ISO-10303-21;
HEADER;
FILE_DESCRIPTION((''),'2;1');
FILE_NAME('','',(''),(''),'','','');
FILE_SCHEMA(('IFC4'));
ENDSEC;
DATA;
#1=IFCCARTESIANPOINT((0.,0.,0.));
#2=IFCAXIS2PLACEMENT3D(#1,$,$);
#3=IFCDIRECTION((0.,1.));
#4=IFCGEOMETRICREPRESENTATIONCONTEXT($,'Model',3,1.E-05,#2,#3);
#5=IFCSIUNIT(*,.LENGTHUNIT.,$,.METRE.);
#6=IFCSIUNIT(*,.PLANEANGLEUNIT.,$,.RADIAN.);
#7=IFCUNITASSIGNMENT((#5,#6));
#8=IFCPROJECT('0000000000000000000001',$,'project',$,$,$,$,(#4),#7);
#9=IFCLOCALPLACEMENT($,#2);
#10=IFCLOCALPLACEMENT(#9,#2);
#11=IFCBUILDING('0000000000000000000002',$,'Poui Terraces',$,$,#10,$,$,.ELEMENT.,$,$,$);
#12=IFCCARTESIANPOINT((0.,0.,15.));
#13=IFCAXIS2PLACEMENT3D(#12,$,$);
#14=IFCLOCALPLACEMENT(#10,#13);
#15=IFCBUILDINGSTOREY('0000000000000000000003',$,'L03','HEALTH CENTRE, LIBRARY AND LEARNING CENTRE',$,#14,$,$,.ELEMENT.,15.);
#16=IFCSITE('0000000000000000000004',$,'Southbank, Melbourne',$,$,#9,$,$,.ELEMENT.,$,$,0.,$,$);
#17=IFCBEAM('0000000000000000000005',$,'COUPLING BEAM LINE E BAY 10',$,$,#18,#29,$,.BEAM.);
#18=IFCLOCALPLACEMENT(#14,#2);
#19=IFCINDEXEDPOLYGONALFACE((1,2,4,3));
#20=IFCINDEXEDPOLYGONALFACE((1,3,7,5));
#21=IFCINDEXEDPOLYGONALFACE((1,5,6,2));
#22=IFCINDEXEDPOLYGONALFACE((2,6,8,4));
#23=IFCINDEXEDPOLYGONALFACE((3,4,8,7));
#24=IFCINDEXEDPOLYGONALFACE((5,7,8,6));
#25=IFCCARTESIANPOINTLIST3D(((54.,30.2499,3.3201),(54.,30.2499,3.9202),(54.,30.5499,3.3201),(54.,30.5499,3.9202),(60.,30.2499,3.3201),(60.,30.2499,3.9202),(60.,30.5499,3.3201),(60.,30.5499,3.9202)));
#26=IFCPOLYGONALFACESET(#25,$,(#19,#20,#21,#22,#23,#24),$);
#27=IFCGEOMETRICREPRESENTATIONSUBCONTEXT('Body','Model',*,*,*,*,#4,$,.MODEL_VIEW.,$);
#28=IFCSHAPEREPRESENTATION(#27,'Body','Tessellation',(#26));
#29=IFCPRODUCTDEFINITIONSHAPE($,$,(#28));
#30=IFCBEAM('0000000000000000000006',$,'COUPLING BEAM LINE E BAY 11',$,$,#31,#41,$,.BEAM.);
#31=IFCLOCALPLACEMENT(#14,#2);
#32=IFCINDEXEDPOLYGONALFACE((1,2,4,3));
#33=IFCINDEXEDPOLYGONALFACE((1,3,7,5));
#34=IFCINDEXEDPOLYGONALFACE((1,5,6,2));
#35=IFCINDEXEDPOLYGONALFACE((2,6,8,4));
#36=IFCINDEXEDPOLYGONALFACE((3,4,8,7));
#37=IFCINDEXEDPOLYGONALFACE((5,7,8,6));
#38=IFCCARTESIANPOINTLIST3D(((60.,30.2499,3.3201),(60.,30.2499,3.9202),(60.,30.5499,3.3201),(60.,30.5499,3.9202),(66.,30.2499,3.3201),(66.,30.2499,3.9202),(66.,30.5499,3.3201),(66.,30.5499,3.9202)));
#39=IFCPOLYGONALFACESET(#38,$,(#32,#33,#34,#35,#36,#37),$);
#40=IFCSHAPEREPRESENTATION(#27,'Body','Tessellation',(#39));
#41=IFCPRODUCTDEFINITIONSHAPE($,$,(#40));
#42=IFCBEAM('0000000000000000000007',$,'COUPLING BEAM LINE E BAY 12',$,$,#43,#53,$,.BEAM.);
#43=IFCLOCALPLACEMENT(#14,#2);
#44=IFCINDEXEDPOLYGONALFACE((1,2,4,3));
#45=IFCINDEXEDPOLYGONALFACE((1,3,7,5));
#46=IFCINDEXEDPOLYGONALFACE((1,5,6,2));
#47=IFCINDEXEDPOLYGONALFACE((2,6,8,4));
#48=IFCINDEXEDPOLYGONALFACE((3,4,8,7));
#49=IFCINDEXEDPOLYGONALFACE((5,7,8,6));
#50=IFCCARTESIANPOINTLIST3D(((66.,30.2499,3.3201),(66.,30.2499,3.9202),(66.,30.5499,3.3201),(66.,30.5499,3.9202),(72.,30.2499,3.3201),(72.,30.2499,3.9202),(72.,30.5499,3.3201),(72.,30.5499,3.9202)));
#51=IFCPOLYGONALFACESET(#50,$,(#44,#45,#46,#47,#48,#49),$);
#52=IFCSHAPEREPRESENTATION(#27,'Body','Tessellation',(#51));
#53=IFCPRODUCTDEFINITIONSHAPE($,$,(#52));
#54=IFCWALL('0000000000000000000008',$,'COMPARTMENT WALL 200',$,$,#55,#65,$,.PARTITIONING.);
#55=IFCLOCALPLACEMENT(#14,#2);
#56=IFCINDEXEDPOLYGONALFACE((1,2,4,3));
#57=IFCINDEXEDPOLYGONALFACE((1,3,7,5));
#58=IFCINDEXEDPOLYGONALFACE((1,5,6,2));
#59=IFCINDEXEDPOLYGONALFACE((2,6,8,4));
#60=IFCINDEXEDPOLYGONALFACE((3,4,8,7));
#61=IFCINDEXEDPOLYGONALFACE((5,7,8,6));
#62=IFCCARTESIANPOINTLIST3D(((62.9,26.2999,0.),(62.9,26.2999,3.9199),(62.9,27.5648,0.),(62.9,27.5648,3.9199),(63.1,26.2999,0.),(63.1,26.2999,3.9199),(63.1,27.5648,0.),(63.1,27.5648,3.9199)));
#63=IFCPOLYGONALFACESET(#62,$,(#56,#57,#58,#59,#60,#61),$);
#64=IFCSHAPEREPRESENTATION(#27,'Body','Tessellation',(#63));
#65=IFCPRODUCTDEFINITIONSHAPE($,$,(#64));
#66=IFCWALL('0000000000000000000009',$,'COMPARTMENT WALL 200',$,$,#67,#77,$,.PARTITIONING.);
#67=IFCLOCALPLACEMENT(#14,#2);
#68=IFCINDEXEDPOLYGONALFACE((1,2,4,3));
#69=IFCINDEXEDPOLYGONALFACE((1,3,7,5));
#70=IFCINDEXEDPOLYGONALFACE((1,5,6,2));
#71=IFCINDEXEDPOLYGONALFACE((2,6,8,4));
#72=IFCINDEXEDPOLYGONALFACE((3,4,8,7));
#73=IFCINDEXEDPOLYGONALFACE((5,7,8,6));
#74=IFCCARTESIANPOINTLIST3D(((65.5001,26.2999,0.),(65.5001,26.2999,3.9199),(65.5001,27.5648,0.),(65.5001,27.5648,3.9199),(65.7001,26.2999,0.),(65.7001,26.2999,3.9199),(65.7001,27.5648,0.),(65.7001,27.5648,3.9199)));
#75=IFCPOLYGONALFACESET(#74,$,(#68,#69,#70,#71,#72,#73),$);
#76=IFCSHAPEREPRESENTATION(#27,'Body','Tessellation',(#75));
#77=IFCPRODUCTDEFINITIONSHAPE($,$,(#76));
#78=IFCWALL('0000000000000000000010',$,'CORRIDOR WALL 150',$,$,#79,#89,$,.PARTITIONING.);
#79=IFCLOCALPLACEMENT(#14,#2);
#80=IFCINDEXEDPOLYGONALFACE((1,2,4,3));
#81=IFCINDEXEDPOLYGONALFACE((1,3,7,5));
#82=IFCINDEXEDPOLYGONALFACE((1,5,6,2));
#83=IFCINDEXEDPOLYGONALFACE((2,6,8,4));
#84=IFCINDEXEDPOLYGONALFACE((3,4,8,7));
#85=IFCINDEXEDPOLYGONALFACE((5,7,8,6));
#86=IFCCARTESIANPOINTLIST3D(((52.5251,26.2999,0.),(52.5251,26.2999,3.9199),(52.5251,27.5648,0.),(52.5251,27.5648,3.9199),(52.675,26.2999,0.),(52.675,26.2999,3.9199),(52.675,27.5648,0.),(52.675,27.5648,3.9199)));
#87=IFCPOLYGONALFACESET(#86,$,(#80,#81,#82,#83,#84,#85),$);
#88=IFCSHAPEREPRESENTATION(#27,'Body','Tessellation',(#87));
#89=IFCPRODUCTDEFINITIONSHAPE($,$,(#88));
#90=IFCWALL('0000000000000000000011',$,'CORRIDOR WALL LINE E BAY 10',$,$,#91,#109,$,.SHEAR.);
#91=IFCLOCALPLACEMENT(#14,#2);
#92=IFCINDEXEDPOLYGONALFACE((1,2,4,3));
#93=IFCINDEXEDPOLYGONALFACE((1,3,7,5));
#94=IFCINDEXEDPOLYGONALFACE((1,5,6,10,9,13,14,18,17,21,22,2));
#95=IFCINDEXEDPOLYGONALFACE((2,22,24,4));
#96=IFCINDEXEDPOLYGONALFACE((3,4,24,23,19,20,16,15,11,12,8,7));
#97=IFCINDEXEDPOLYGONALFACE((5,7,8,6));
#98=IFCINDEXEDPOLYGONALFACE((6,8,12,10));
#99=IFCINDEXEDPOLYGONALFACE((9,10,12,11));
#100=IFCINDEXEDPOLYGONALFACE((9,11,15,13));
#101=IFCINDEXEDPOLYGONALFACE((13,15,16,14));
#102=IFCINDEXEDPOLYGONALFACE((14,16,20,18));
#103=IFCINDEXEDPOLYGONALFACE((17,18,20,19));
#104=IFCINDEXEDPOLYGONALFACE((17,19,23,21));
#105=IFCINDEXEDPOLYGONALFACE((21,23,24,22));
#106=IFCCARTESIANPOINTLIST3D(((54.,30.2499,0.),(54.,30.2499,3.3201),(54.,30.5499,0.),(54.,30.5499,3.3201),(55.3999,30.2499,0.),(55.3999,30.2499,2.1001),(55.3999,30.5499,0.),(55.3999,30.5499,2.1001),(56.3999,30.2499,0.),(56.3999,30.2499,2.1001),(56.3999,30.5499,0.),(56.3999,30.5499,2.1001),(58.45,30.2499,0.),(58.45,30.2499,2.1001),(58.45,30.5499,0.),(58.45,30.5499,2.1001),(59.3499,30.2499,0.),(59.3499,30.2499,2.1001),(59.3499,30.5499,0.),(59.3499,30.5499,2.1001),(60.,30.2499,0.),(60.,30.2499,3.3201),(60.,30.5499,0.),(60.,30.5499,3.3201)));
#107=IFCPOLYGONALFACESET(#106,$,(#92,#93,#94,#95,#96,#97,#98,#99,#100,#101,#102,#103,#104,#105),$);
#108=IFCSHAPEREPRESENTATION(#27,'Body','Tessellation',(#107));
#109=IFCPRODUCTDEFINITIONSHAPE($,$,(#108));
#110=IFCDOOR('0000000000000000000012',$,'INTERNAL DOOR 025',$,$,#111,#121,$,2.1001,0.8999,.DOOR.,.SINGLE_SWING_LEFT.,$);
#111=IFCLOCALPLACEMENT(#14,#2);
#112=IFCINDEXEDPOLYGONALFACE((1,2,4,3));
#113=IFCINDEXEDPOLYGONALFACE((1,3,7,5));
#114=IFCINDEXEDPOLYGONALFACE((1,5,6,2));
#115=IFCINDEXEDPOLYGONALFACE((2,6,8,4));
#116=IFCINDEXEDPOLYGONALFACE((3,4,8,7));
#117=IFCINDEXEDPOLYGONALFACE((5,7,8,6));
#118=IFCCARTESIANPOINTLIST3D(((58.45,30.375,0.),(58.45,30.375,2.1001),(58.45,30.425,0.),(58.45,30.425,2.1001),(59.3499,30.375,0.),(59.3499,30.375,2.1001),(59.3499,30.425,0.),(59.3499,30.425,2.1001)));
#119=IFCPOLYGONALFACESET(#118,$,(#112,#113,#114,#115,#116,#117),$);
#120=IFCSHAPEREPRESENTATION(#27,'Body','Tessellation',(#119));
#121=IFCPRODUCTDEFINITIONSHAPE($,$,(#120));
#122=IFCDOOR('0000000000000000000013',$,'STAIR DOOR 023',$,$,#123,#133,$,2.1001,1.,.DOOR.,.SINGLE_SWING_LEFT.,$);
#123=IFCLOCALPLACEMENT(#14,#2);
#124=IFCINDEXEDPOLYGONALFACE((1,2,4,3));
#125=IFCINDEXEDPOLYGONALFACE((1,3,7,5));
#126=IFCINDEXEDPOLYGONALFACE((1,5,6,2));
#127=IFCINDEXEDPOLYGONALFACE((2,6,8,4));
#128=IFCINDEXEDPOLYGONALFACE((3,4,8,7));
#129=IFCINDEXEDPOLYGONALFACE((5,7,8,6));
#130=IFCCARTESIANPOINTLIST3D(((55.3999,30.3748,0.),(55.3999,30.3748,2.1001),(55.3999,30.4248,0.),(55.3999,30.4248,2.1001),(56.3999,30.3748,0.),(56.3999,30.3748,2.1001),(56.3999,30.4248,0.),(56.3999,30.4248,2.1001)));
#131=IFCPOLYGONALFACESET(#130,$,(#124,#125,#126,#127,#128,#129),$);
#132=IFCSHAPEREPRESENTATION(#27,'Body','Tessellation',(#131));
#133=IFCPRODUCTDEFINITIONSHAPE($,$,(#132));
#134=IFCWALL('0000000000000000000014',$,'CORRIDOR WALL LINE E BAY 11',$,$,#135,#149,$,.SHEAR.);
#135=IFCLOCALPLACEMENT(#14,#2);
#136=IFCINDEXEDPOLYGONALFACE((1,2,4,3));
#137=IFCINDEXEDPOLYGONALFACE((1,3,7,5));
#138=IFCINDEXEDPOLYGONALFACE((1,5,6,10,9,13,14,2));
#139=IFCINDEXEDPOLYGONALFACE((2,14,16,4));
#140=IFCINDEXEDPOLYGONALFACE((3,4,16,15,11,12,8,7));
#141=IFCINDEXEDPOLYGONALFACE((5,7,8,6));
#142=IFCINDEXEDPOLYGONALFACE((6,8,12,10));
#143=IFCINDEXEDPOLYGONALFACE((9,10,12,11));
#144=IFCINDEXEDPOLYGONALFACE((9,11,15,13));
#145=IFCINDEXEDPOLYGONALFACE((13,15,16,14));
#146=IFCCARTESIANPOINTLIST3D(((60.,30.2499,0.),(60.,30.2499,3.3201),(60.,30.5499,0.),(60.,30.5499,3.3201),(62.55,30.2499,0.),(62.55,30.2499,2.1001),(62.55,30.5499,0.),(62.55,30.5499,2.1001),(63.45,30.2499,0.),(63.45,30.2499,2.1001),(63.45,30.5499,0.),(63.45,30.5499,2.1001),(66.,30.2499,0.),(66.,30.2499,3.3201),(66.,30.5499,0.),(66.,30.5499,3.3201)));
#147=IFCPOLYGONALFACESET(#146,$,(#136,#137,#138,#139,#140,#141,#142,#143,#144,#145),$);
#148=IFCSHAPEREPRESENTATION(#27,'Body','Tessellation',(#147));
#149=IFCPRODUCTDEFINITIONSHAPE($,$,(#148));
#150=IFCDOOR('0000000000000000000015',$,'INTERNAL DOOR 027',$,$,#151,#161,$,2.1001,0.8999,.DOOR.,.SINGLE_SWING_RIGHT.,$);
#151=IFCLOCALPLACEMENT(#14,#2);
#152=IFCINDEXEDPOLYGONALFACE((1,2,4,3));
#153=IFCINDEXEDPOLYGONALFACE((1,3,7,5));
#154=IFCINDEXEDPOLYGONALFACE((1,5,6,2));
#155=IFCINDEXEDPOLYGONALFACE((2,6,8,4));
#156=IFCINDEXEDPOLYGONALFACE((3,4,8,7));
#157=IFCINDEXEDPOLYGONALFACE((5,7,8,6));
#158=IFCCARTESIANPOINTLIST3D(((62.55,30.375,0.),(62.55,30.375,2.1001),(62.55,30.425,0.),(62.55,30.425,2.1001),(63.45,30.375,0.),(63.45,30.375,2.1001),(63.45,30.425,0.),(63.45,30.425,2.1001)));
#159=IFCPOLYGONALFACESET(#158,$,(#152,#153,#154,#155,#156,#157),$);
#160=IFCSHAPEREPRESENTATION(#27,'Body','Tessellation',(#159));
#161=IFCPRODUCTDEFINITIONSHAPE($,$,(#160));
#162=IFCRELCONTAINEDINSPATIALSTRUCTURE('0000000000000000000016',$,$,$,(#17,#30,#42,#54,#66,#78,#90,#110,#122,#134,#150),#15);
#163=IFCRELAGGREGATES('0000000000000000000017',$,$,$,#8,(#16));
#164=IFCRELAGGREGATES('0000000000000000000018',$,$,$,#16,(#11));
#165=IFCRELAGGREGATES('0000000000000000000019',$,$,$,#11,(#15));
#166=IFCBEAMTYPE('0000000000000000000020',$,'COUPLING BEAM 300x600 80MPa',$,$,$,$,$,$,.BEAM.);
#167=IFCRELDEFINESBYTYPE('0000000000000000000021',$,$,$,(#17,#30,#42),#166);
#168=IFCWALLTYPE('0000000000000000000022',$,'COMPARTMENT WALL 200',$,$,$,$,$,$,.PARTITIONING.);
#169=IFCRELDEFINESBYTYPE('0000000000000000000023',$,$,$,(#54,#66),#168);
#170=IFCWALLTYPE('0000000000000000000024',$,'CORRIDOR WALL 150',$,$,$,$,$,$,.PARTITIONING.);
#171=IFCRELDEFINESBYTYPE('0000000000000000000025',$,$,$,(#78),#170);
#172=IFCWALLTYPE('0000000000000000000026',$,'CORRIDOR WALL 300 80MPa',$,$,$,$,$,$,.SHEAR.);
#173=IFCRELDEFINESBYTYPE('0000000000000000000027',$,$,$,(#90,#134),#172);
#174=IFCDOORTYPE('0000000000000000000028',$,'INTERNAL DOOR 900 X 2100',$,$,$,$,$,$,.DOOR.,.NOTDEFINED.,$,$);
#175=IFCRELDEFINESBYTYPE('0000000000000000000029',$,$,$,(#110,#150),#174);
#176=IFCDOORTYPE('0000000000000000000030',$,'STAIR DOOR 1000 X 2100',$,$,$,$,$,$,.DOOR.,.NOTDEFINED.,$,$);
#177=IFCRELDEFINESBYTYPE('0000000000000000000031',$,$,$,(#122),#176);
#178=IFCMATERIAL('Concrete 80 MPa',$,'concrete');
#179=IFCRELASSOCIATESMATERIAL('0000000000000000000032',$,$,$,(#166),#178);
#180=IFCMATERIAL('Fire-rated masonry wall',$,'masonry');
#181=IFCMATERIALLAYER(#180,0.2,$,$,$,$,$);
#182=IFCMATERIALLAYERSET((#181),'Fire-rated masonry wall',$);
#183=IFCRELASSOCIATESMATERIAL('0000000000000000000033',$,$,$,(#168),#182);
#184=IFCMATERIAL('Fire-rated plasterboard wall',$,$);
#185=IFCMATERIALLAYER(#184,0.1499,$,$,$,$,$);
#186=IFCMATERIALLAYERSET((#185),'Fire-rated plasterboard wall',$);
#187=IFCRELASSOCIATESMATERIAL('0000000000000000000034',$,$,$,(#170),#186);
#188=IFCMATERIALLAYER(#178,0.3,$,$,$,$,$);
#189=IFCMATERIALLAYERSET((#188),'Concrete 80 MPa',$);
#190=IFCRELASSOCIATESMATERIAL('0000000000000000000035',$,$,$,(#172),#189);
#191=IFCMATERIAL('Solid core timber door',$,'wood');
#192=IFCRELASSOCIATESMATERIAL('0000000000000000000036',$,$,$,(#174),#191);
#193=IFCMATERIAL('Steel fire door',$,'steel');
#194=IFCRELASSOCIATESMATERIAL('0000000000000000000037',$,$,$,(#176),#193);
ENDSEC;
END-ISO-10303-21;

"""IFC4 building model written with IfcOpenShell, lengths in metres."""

from ifc_helpers import new_model, si_unit, direction, frame, frame_2d, origin, origin_2d, place, context, subcontext, project, spatial, rectangle, extrude, source, transform, mapped, material, layer, layer_set, material_profile, profile_set, type_object, element, fill, save


model = new_model("IFC4")

# Units and contexts
model_context = context("Model", 3, precision=1e-05, world=origin(), true_north=direction((0.0, 1.0)))
body_context = subcontext(model_context, "Body", "Model", "MODEL_VIEW")
ifc_project = project(units=[si_unit("LENGTHUNIT", "METRE"), si_unit("PLANEANGLEUNIT", "RADIAN")], contexts=[model_context])

# Site, building, storey
site_placement = place(None, origin())
site = spatial("IfcSite", under=ifc_project, at=site_placement, Name="Southbank, Melbourne", CompositionType="ELEMENT", RefElevation=0.0)
building_placement = place(site_placement, origin())
building = spatial("IfcBuilding", under=site, at=building_placement, Name="Poui Terraces", CompositionType="ELEMENT")
storey_placement = place(building_placement, frame((0.0, 0.0, 15.0)))
storey = spatial("IfcBuildingStorey", under=building, at=storey_placement, Name="L03", Description="HEALTH CENTRE, LIBRARY AND LEARNING CENTRE", CompositionType="ELEMENT", Elevation=15.0)

# Beams
ifc_material_1 = material(Name="Concrete 80 MPa", Category="concrete")
ifc_material_profile = material_profile(ifc_material_1, rectangle(XDim=0.3, YDim=0.6001, at=origin_2d()), Name="RC 300x600")
ifc_profile_set = profile_set([ifc_material_profile], Name="Concrete 80 MPa")
beam_type = type_object("IfcBeamType", Name="COUPLING BEAM 300x600 80MPa", PredefinedType="BEAM", material=ifc_profile_set)
shared_shape = source(origin(), body_context, "Body", "SweptSolid", [
    extrude(rectangle(XDim=0.3, YDim=0.6001, at=origin_2d()), origin(), (0.0, 0.0, 1.0), 6.0),
])
for number, where, z_axis, x_axis, name in (
    (1, (54.0, 30.3999, 3.6201), (1.0, 0.0, 0.0), (0.0, 1.0, 0.0), "COUPLING BEAM LINE E BAY 10"),
    (2, (60.0, 30.3999, 3.6201), (1.0, 0.0, 0.0), (0.0, 1.0, 0.0), "COUPLING BEAM LINE E BAY 11"),
    (3, (66.0, 30.3999, 3.6201), (1.0, 0.0, 0.0), (0.0, 1.0, 0.0), "COUPLING BEAM LINE E BAY 12"),
):
    element("IfcBeam", number, at=place(storey_placement, frame(where, z_axis=z_axis, x_axis=x_axis)), inside=storey, type_object=beam_type, Name=name, PredefinedType="BEAM", context=body_context, shape_type="MappedRepresentation", body=[
        mapped(shared_shape, transform((0.0, 0.0, 0.0))),
    ])

# Walls
ifc_material_2 = material(Name="Fire-rated masonry wall", Category="masonry")
ifc_layer_1 = layer(ifc_material_2, 0.2)
ifc_layer_set_1 = layer_set([ifc_layer_1], Name="Fire-rated masonry wall")
wall_type_1 = type_object("IfcWallType", Name="COMPARTMENT WALL 200", PredefinedType="PARTITIONING", material=ifc_layer_set_1)
for number, where, z_axis, x_axis, name in (
    (4, (63.0, 26.3, 0.0), (0.0, 0.0, 1.0), (0.0, 1.0, 0.0), "COMPARTMENT WALL 200"),
    (5, (65.6001, 26.3, 0.0), (0.0, 0.0, 1.0), (0.0, 1.0, 0.0), "COMPARTMENT WALL 200"),
):
    element("IfcWall", number, at=place(storey_placement, frame(where, z_axis=z_axis, x_axis=x_axis)), inside=storey, type_object=wall_type_1, Name=name, PredefinedType="PARTITIONING", context=body_context, shape_type="SweptSolid", body=[
        extrude(rectangle(XDim=1.2649, YDim=0.2, at=frame_2d((0.6323, 0.0))), origin(), (0.0, 0.0, 1.0), 3.9199),
    ])
ifc_material_3 = material(Name="Fire-rated plasterboard wall")
ifc_layer_2 = layer(ifc_material_3, 0.1499)
ifc_layer_set_2 = layer_set([ifc_layer_2], Name="Fire-rated plasterboard wall")
wall_type_2 = type_object("IfcWallType", Name="CORRIDOR WALL 150", PredefinedType="PARTITIONING", material=ifc_layer_set_2)
wall_1_placement = place(storey_placement, frame((52.6001, 26.3, 0.0), z_axis=(0.0, 0.0, 1.0), x_axis=(0.0, 1.0, 0.0)))
element("IfcWall", 6, at=wall_1_placement, inside=storey, type_object=wall_type_2, Name="CORRIDOR WALL 150", PredefinedType="PARTITIONING", context=body_context, shape_type="SweptSolid", body=[
    extrude(rectangle(XDim=1.2649, YDim=0.1499, at=frame_2d((0.6323, 0.0))), origin(), (0.0, 0.0, 1.0), 3.9199),
])

# Wall, openings, doors
ifc_layer_3 = layer(ifc_material_1, 0.3)
ifc_layer_set_3 = layer_set([ifc_layer_3], Name="Concrete 80 MPa")
wall_type_3 = type_object("IfcWallType", Name="CORRIDOR WALL 300 80MPa", PredefinedType="SHEAR", material=ifc_layer_set_3)
wall_2_placement = place(storey_placement, frame((54.0, 30.3999, 0.0), z_axis=(0.0, 0.0, 1.0), x_axis=(1.0, 0.0, 0.0)))
wall_2 = element("IfcWall", 7, at=wall_2_placement, inside=storey, type_object=wall_type_3, Name="CORRIDOR WALL LINE E BAY 10", PredefinedType="SHEAR", context=body_context, shape_type="SweptSolid", body=[
    extrude(rectangle(XDim=6.0, YDim=0.3, at=frame_2d((3.0, 0.0))), origin(), (0.0, 0.0, 1.0), 3.3201),
])
opening_1_placement = place(wall_2_placement, frame((1.3999, 0.0, 0.0)))
opening_1 = element("IfcOpeningElement", 8, at=opening_1_placement, cuts=wall_2, PredefinedType="OPENING", context=body_context, shape_type="SweptSolid", body=[
    extrude(rectangle(XDim=1.0, YDim=2.1001, at=frame_2d((0.5, 1.05))), frame((0.0, 0.1602, 0.0), z_axis=(0.0, -1.0, 0.0), x_axis=(1.0, 0.0, 0.0)), (0.0, 0.0, 1.0), 0.3201),
])
opening_2_placement = place(wall_2_placement, frame((4.45, 0.0, 0.0)))
opening_2 = element("IfcOpeningElement", 9, at=opening_2_placement, cuts=wall_2, PredefinedType="OPENING", context=body_context, shape_type="SweptSolid", body=[
    extrude(rectangle(XDim=0.8999, YDim=2.1001, at=frame_2d((0.45, 1.05))), frame((0.0, 0.1602, 0.0), z_axis=(0.0, -1.0, 0.0), x_axis=(1.0, 0.0, 0.0)), (0.0, 0.0, 1.0), 0.3201),
])
ifc_material_4 = material(Name="Solid core timber door", Category="wood")
door_type_1 = type_object("IfcDoorType", Name="INTERNAL DOOR 900 X 2100", OperationType="NOTDEFINED", PredefinedType="DOOR", material=ifc_material_4)
door_1_placement = place(opening_2_placement, frame((0.8999, 0.0, 0.0), z_axis=(0.0, 0.0, 1.0), x_axis=(-1.0, 0.0, 0.0)))
door_1 = element("IfcDoor", 10, at=door_1_placement, inside=storey, type_object=door_type_1, Name="INTERNAL DOOR 025", OperationType="SINGLE_SWING_LEFT", OverallHeight=2.1001, OverallWidth=0.8999, PredefinedType="DOOR", context=body_context, shape_type="SweptSolid", body=[
    extrude(rectangle(XDim=0.8999, YDim=2.1001, at=frame_2d((0.45, 1.05))), frame((0.0, 0.0249, 0.0), z_axis=(0.0, -1.0, 0.0), x_axis=(1.0, 0.0, 0.0)), (0.0, 0.0, 1.0), 0.05),
])
fill(opening_2, door_1)
ifc_material_5 = material(Name="Steel fire door", Category="steel")
door_type_2 = type_object("IfcDoorType", Name="STAIR DOOR 1000 X 2100", OperationType="NOTDEFINED", PredefinedType="DOOR", material=ifc_material_5)
door_2_placement = place(opening_1_placement, origin())
door_2 = element("IfcDoor", 11, at=door_2_placement, inside=storey, type_object=door_type_2, Name="STAIR DOOR 023", OperationType="SINGLE_SWING_LEFT", OverallHeight=2.1001, OverallWidth=1.0, PredefinedType="DOOR", context=body_context, shape_type="SweptSolid", body=[
    extrude(rectangle(XDim=1.0, YDim=2.1001, at=frame_2d((0.5, 1.05))), frame((0.0, 0.0249, 0.0), z_axis=(0.0, -1.0, 0.0), x_axis=(1.0, 0.0, 0.0)), (0.0, 0.0, 1.0), 0.05),
])
fill(opening_1, door_2)

# Wall, opening, door
wall_3_placement = place(storey_placement, frame((60.0, 30.3999, 0.0), z_axis=(0.0, 0.0, 1.0), x_axis=(1.0, 0.0, 0.0)))
wall_3 = element("IfcWall", 12, at=wall_3_placement, inside=storey, type_object=wall_type_3, Name="CORRIDOR WALL LINE E BAY 11", PredefinedType="SHEAR", context=body_context, shape_type="SweptSolid", body=[
    extrude(rectangle(XDim=6.0, YDim=0.3, at=frame_2d((3.0, 0.0))), origin(), (0.0, 0.0, 1.0), 3.3201),
])
opening_3_placement = place(wall_3_placement, frame((2.55, 0.0, 0.0)))
opening_3 = element("IfcOpeningElement", 13, at=opening_3_placement, cuts=wall_3, PredefinedType="OPENING", context=body_context, shape_type="SweptSolid", body=[
    extrude(rectangle(XDim=0.8999, YDim=2.1001, at=frame_2d((0.45, 1.05))), frame((0.0, 0.1602, 0.0), z_axis=(0.0, -1.0, 0.0), x_axis=(1.0, 0.0, 0.0)), (0.0, 0.0, 1.0), 0.3201),
])
door_3_placement = place(opening_3_placement, frame((0.8999, 0.0, 0.0), z_axis=(0.0, 0.0, 1.0), x_axis=(-1.0, 0.0, 0.0)))
door_3 = element("IfcDoor", 14, at=door_3_placement, inside=storey, type_object=door_type_1, Name="INTERNAL DOOR 027", OperationType="SINGLE_SWING_RIGHT", OverallHeight=2.1001, OverallWidth=0.8999, PredefinedType="DOOR", context=body_context, shape_type="SweptSolid", body=[
    extrude(rectangle(XDim=0.8999, YDim=2.1001, at=frame_2d((0.45, 1.05))), frame((0.0, 0.0249, 0.0), z_axis=(0.0, -1.0, 0.0), x_axis=(1.0, 0.0, 0.0)), (0.0, 0.0, 1.0), 0.05),
])
fill(opening_3, door_3)

save(model, "model.ifc")
